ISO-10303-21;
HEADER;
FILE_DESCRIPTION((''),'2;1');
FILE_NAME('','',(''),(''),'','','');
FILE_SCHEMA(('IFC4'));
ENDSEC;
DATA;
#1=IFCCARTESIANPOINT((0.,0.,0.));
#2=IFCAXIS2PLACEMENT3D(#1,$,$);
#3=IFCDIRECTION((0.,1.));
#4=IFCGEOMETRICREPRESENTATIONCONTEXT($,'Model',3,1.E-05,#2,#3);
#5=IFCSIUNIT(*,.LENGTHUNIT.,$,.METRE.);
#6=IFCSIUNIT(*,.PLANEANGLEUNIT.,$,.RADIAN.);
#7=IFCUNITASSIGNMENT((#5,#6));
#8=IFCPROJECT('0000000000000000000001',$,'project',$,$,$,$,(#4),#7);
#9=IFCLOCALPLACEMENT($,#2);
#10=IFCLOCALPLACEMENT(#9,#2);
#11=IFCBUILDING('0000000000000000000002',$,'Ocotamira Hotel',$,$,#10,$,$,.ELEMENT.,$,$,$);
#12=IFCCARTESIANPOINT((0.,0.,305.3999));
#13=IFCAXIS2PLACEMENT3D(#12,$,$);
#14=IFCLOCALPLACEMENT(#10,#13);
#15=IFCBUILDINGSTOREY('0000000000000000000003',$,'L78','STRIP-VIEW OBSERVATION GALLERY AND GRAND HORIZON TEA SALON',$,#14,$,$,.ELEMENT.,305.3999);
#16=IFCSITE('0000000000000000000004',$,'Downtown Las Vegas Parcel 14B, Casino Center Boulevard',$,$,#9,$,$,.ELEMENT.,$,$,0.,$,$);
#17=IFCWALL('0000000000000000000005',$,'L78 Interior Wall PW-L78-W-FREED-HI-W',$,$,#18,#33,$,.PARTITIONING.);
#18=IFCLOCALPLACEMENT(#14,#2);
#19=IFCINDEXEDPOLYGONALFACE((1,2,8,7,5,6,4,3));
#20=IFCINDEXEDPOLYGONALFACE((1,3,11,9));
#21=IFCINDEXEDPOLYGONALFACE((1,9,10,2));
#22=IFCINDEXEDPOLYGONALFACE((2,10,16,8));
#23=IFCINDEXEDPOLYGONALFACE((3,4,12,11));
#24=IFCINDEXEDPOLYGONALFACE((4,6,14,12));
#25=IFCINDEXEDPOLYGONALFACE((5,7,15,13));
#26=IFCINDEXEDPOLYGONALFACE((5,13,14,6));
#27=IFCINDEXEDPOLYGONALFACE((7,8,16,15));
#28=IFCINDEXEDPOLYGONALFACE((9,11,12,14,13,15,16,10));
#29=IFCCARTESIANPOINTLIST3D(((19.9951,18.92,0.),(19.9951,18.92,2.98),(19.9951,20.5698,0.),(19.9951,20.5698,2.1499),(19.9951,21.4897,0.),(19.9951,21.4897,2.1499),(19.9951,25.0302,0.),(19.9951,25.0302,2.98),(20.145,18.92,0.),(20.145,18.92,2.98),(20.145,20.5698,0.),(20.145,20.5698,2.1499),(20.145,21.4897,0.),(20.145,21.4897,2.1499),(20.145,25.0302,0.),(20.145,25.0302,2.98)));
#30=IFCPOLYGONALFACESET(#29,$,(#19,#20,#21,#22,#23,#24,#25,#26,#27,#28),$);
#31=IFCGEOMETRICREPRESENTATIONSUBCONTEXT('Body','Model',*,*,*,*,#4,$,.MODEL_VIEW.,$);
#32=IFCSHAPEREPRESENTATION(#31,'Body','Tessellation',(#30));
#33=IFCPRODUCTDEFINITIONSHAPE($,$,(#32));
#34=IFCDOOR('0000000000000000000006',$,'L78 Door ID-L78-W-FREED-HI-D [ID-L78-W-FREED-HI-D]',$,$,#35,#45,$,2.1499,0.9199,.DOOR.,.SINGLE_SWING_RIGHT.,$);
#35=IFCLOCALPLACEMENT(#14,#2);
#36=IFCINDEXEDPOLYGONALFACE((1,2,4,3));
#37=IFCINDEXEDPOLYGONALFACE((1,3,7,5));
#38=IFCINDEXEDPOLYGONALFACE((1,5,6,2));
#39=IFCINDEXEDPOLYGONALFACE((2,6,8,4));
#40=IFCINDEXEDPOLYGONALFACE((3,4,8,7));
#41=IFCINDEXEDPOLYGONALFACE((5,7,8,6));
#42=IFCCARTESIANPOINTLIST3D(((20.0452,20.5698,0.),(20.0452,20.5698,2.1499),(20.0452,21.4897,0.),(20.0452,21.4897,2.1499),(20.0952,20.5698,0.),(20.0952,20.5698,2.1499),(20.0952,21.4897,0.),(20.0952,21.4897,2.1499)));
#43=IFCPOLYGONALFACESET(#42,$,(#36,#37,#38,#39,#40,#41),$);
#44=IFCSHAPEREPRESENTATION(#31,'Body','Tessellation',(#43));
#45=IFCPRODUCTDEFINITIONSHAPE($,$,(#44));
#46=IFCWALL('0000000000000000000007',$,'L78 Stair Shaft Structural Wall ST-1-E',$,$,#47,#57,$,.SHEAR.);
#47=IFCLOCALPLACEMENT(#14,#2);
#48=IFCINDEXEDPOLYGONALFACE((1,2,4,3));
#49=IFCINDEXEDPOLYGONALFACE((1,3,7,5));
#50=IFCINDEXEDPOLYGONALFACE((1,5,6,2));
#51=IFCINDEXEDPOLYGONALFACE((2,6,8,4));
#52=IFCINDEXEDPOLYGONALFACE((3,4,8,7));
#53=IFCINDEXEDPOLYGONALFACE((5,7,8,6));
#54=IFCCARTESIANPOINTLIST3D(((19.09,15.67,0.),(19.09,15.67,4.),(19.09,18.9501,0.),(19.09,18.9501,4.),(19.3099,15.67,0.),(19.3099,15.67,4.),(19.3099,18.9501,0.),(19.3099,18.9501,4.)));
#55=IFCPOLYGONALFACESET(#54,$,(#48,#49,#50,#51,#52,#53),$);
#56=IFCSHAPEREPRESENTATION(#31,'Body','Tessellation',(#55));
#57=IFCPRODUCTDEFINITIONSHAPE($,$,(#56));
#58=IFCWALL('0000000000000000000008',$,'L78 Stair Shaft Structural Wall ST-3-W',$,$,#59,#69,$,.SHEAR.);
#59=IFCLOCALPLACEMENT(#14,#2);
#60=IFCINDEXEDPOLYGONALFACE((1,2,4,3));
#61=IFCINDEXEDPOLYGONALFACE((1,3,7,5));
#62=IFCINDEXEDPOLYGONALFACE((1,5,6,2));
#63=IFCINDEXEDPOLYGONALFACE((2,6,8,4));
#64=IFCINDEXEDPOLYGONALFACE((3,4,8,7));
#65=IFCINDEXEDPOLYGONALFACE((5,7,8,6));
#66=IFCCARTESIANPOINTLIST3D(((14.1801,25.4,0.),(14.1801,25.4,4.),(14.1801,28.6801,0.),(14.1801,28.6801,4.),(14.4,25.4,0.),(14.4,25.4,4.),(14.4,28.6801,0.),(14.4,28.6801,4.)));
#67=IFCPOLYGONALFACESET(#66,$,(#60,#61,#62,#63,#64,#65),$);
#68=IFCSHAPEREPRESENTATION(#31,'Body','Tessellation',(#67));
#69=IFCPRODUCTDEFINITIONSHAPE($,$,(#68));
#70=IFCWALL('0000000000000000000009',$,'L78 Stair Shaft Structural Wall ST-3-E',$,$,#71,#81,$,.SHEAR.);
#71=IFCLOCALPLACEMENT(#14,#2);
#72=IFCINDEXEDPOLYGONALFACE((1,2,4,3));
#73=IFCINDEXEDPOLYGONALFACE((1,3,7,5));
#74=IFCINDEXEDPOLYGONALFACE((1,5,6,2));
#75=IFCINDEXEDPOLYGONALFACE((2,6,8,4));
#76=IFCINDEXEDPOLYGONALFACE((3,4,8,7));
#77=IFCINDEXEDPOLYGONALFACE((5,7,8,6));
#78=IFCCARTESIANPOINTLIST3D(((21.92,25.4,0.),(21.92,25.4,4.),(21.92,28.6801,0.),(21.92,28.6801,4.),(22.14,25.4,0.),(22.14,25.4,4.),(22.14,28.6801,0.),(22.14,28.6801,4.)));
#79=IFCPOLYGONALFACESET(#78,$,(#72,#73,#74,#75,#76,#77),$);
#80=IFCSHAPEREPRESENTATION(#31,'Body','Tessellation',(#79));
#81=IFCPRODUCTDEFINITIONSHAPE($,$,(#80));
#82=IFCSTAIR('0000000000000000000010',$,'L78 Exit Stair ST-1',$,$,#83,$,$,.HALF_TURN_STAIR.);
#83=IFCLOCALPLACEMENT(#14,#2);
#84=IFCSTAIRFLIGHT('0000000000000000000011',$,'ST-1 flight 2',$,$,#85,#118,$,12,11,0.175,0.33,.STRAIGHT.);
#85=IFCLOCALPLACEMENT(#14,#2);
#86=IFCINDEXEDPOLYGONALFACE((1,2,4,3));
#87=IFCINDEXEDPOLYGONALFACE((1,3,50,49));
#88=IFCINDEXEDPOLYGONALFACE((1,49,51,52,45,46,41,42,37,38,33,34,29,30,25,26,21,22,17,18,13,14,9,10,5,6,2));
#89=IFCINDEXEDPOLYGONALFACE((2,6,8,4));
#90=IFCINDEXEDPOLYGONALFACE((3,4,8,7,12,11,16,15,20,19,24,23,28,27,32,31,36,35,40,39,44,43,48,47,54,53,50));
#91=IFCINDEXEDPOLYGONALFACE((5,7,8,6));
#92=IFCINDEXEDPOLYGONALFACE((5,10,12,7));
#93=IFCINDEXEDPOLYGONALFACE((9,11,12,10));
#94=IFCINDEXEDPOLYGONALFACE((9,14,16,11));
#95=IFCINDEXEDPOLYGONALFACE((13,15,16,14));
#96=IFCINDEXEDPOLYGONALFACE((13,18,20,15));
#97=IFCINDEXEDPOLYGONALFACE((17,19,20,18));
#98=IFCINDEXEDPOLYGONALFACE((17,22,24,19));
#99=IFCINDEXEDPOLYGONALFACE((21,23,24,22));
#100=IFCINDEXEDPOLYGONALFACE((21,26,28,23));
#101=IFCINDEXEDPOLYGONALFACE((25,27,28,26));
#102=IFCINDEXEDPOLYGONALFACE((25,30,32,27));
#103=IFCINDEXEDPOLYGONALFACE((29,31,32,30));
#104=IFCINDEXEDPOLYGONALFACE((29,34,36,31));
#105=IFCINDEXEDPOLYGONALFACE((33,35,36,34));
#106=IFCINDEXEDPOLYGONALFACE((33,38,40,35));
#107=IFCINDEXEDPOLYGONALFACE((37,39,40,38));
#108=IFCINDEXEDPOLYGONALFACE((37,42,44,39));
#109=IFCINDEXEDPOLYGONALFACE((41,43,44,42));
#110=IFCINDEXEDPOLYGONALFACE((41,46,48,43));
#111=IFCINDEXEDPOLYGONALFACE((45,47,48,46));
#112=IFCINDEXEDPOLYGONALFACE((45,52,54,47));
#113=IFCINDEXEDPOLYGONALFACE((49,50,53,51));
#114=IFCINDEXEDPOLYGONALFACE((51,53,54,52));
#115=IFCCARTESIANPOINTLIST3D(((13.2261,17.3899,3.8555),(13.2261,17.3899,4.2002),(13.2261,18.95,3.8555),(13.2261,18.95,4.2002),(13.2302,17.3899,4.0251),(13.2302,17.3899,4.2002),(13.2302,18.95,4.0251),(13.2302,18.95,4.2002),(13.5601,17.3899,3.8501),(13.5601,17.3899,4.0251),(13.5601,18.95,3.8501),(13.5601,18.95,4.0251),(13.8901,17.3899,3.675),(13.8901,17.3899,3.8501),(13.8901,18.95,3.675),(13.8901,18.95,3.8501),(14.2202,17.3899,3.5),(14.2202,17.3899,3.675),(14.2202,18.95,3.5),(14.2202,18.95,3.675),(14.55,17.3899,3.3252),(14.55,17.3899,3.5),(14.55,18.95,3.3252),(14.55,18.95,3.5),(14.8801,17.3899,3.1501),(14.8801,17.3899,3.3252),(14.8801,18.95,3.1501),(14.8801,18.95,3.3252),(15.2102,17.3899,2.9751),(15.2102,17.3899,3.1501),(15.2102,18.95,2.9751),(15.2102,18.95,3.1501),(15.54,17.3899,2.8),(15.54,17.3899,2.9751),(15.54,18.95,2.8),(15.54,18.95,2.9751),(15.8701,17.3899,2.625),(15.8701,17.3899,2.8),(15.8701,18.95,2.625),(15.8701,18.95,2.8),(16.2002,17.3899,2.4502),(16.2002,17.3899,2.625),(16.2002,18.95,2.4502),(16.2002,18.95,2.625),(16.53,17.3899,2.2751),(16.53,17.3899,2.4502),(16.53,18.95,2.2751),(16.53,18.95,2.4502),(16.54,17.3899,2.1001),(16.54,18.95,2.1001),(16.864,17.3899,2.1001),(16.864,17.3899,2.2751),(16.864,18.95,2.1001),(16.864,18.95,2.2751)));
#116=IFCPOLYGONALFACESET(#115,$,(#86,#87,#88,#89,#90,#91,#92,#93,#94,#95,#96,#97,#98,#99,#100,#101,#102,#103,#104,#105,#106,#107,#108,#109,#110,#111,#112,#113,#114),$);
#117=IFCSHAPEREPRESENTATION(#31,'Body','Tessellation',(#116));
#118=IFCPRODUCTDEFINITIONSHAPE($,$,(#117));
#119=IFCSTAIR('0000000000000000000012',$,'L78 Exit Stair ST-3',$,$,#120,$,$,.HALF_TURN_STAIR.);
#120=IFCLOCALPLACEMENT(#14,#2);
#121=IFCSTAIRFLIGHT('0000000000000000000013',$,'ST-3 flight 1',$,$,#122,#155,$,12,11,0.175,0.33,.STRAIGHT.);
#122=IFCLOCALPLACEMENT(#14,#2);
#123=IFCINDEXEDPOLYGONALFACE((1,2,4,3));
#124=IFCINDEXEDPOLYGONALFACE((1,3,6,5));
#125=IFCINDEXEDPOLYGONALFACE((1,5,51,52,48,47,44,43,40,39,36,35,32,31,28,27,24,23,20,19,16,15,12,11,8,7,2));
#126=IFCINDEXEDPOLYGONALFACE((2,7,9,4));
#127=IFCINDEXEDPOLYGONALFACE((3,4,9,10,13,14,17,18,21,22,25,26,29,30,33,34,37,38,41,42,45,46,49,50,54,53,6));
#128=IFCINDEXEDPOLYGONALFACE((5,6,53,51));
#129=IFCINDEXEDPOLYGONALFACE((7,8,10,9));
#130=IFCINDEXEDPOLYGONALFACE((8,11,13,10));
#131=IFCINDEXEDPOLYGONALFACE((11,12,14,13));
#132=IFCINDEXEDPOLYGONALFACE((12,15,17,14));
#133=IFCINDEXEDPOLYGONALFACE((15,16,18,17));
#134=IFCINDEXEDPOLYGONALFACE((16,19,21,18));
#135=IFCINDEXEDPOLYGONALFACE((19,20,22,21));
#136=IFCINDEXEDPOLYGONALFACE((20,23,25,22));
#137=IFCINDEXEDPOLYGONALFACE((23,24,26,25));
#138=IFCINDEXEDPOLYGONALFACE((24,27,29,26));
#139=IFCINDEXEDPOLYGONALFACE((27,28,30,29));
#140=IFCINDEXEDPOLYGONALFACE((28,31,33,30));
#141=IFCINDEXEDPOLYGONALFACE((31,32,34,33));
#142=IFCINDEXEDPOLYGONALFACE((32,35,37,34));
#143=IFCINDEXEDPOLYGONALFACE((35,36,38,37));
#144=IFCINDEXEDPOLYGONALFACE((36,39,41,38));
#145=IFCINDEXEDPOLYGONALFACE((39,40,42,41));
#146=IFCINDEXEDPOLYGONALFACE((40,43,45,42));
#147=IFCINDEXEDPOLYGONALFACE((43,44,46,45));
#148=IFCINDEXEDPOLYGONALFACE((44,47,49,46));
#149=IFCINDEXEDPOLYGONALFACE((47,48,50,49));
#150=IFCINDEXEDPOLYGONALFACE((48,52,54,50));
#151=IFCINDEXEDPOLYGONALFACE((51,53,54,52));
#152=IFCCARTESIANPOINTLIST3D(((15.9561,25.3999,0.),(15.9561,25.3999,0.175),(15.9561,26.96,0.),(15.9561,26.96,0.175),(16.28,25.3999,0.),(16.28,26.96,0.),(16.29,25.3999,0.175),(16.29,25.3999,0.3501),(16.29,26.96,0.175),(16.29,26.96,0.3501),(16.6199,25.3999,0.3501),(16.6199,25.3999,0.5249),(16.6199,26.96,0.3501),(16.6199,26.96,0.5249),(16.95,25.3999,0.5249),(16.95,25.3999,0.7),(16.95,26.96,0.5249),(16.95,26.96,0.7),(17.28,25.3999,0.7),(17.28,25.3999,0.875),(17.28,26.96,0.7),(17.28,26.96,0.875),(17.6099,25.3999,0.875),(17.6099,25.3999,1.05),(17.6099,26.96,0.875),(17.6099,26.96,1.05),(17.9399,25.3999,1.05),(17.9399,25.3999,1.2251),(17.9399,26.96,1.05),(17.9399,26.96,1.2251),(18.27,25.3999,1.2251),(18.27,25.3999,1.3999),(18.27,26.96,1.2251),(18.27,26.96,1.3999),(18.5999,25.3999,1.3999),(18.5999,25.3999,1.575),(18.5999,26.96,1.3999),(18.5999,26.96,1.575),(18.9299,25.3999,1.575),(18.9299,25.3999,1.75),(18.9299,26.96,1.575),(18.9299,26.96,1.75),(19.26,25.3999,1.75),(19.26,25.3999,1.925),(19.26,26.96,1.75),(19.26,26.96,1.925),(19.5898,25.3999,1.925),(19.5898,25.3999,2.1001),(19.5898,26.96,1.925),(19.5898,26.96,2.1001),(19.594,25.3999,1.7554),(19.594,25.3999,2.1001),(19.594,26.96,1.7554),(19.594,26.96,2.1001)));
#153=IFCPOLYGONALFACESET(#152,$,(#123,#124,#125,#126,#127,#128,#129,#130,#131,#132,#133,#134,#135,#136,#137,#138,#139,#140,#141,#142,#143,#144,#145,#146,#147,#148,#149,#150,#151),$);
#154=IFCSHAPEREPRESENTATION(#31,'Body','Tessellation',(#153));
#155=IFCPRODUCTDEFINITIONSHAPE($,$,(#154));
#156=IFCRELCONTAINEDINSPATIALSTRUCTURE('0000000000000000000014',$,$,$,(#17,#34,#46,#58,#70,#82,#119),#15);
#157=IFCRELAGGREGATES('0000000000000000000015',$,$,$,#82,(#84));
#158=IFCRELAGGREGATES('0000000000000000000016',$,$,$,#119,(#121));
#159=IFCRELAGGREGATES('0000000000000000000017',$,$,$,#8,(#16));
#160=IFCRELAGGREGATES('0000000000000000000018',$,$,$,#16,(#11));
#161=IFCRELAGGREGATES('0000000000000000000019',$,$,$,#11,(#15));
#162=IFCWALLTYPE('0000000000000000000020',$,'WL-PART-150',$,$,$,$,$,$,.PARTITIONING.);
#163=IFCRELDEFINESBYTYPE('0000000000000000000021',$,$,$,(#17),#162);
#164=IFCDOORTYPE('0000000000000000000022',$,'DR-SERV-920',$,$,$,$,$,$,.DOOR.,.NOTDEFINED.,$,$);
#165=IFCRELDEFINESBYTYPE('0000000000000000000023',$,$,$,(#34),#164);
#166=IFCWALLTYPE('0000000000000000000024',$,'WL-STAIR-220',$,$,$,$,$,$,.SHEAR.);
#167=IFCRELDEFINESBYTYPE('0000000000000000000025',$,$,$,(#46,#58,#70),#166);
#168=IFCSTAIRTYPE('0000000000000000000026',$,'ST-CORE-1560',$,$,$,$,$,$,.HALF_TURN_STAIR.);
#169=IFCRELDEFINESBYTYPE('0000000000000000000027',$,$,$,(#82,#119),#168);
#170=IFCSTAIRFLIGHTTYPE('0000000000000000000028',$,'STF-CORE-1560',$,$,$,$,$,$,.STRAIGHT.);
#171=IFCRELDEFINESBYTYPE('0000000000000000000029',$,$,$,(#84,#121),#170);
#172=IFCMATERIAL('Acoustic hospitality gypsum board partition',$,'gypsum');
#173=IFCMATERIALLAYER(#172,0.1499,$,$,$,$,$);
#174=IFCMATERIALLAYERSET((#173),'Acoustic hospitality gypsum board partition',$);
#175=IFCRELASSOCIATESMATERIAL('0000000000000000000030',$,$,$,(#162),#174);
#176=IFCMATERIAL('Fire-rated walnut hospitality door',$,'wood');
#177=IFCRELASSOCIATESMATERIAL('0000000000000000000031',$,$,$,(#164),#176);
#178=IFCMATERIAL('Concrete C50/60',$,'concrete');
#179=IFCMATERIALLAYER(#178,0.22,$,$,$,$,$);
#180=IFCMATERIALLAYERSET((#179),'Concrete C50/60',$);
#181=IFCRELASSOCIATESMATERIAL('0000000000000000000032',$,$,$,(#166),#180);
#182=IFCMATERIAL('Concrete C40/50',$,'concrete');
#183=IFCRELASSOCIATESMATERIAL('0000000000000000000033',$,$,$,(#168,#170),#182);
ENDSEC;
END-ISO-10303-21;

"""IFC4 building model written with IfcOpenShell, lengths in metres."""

from ifc_helpers import new_model, si_unit, direction, frame, frame_2d, origin, place, context, subcontext, project, spatial, polyline, rectangle, outline, extrude, source, transform, mapped, material, layer, layer_set, type_object, element, fill, aggregate, save


model = new_model("IFC4")

# Units and contexts
model_context = context("Model", 3, precision=1e-05, world=origin(), true_north=direction((0.0, 1.0)))
body_context = subcontext(model_context, "Body", "Model", "MODEL_VIEW")
ifc_project = project(units=[si_unit("LENGTHUNIT", "METRE"), si_unit("PLANEANGLEUNIT", "RADIAN")], contexts=[model_context])

# Site, building, storey
site_placement = place(None, origin())
site = spatial("IfcSite", under=ifc_project, at=site_placement, Name="Downtown Las Vegas Parcel 14B, Casino Center Boulevard", CompositionType="ELEMENT", RefElevation=0.0)
building_placement = place(site_placement, origin())
building = spatial("IfcBuilding", under=site, at=building_placement, Name="Ocotamira Hotel", CompositionType="ELEMENT")
storey_placement = place(building_placement, frame((0.0, 0.0, 305.3999)))
storey = spatial("IfcBuildingStorey", under=building, at=storey_placement, Name="L78", Description="STRIP-VIEW OBSERVATION GALLERY AND GRAND HORIZON TEA SALON", CompositionType="ELEMENT", Elevation=305.3999)

# Shared definitions
ifc_material_1 = material(Name="Concrete C50/60", Category="concrete")

# Shared definitions
ifc_material_2 = material(Name="Acoustic hospitality gypsum board partition", Category="gypsum")

# Shared definitions
ifc_layer_1 = layer(ifc_material_2, 0.1499)
ifc_layer_set_1 = layer_set([ifc_layer_1], Name="Acoustic hospitality gypsum board partition")
wall_type_1 = type_object("IfcWallType", Name="WL-PART-150", PredefinedType="PARTITIONING", material=ifc_layer_set_1)

# Wall, opening, door
wall_1_placement = place(storey_placement, frame((20.0701, 18.9199, 0.0), z_axis=(0.0, 0.0, 1.0), x_axis=(0.0, 1.0, 0.0)))
wall_1 = element("IfcWall", 1, at=wall_1_placement, inside=storey, type_object=wall_type_1, Name="L78 Interior Wall PW-L78-W-FREED-HI-W", PredefinedType="PARTITIONING", context=body_context, shape_type="SweptSolid", body=[
    extrude(rectangle(XDim=6.1101, YDim=0.1499, at=frame_2d((3.0552, 0.0))), origin(), (0.0, 0.0, 1.0), 2.98),
])
opening_1_placement = place(wall_1_placement, frame((1.6499, 0.0, 0.0)))
opening_1 = element("IfcOpeningElement", 2, at=opening_1_placement, cuts=wall_1, PredefinedType="OPENING", context=body_context, shape_type="SweptSolid", body=[
    extrude(rectangle(XDim=0.9199, YDim=2.1499, at=frame_2d((0.46, 1.075))), frame((0.0, 0.085, 0.0), z_axis=(0.0, -1.0, 0.0), x_axis=(1.0, 0.0, 0.0)), (0.0, 0.0, 1.0), 0.1699),
])
ifc_material_3 = material(Name="Fire-rated walnut hospitality door", Category="wood")
door_type_1 = type_object("IfcDoorType", Name="DR-SERV-920", OperationType="NOTDEFINED", PredefinedType="DOOR", material=ifc_material_3)
shared_shape_1 = source(origin(), body_context, "Body", "SweptSolid", [
    extrude(rectangle(XDim=0.9199, YDim=2.1499, at=frame_2d((0.46, 1.075))), frame((0.0, 0.0249, 0.0), z_axis=(0.0, -1.0, 0.0), x_axis=(1.0, 0.0, 0.0)), (0.0, 0.0, 1.0), 0.05),
])
door_1_placement = place(opening_1_placement, origin())
door_1 = element("IfcDoor", 3, at=door_1_placement, inside=storey, type_object=door_type_1, Name="L78 Door ID-L78-W-FREED-HI-D [ID-L78-W-FREED-HI-D]", OperationType="SINGLE_SWING_RIGHT", OverallHeight=2.1499, OverallWidth=0.9199, PredefinedType="DOOR", context=body_context, shape_type="MappedRepresentation", body=[
    mapped(shared_shape_1, transform((0.0, 0.0, 0.0), scale=1.0)),
])
fill(opening_1, door_1)

# Walls
ifc_layer_2 = layer(ifc_material_1, 0.22)
ifc_layer_set_2 = layer_set([ifc_layer_2], Name="Concrete C50/60")
wall_type_2 = type_object("IfcWallType", Name="WL-STAIR-220", PredefinedType="SHEAR", material=ifc_layer_set_2)
for number, where, z_axis, x_axis, name in (
    (4, (19.2, 15.6699, 0.0), (0.0, 0.0, 1.0), (0.0, 1.0, 0.0), "L78 Stair Shaft Structural Wall ST-1-E"),
    (5, (14.29, 25.3999, 0.0), (0.0, 0.0, 1.0), (0.0, 1.0, 0.0), "L78 Stair Shaft Structural Wall ST-3-W"),
    (6, (22.03, 25.3999, 0.0), (0.0, 0.0, 1.0), (0.0, 1.0, 0.0), "L78 Stair Shaft Structural Wall ST-3-E"),
):
    element("IfcWall", number, at=place(storey_placement, frame(where, z_axis=z_axis, x_axis=x_axis)), inside=storey, type_object=wall_type_2, Name=name, PredefinedType="SHEAR", context=body_context, shape_type="SweptSolid", body=[
        extrude(rectangle(XDim=3.28, YDim=0.22, at=frame_2d((1.6401, 0.0))), origin(), (0.0, 0.0, 1.0), 4.0),
    ])

# Stairs, stair flights
ifc_material_4 = material(Name="Concrete C40/50", Category="concrete")
stair_type = type_object("IfcStairType", Name="ST-CORE-1560", PredefinedType="HALF_TURN_STAIR", material=ifc_material_4)
stair_1_placement = place(storey_placement, origin())
stair_1 = element("IfcStair", 7, at=stair_1_placement, inside=storey, type_object=stair_type, Name="L78 Exit Stair ST-1", PredefinedType="HALF_TURN_STAIR")
stair_flight_type = type_object("IfcStairFlightType", Name="STF-CORE-1560", PredefinedType="STRAIGHT", material=ifc_material_4)
shared_shape_2 = source(origin(), body_context, "Body", "SweptSolid", [
    extrude(outline(polyline([(-0.0039, 0.0), (-0.0039, 0.175), (0.3301, 0.175), (0.3301, 0.3501), (0.6599, 0.3501), (0.6599, 0.5249), (0.99, 0.5249), (0.99, 0.7), (1.3201, 0.7), (1.3201, 0.875), (1.6499, 0.875), (1.6499, 1.05), (1.98, 1.05), (1.98, 1.2251), (2.3101, 1.2251), (2.3101, 1.3999), (2.6399, 1.3999), (2.6399, 1.575), (2.97, 1.575), (2.97, 1.75), (3.3, 1.75), (3.3, 1.925), (3.6299, 1.925), (3.6299, 2.1001), (3.634, 2.1001), (3.634, 1.7554), (0.3201, 0.0), (-0.0039, 0.0)])), frame((0.0, 0.78, 0.0), z_axis=(0.0, -1.0, 0.0), x_axis=(1.0, 0.0, 0.0)), (0.0, 0.0, 1.0), 1.5601),
])
stair_flight_1_placement = place(storey_placement, frame((16.8601, 18.1699, 2.1001), z_axis=(0.0, 0.0, 1.0), x_axis=(-1.0, 0.0, 0.0)))
stair_flight_1 = element("IfcStairFlight", 8, at=stair_flight_1_placement, type_object=stair_flight_type, Name="ST-1 flight 2", NumberOfRisers=12, NumberOfTreads=11, PredefinedType="STRAIGHT", RiserHeight=0.175, TreadLength=0.33, context=body_context, shape_type="MappedRepresentation", body=[
    mapped(shared_shape_2, transform((0.0, 0.0, 0.0), scale=1.0)),
])
aggregate(stair_1, [stair_flight_1])
stair_2_placement = place(storey_placement, origin())
stair_2 = element("IfcStair", 9, at=stair_2_placement, inside=storey, type_object=stair_type, Name="L78 Exit Stair ST-3", PredefinedType="HALF_TURN_STAIR")
stair_flight_2_placement = place(storey_placement, frame((15.96, 26.1799, 0.0), z_axis=(0.0, 0.0, 1.0), x_axis=(1.0, 0.0, 0.0)))
stair_flight_2 = element("IfcStairFlight", 10, at=stair_flight_2_placement, type_object=stair_flight_type, Name="ST-3 flight 1", NumberOfRisers=12, NumberOfTreads=11, PredefinedType="STRAIGHT", RiserHeight=0.175, TreadLength=0.33, context=body_context, shape_type="MappedRepresentation", body=[
    mapped(shared_shape_2, transform((0.0, 0.0, 0.0), scale=1.0)),
])
aggregate(stair_2, [stair_flight_2])

save(model, "model.ifc")
